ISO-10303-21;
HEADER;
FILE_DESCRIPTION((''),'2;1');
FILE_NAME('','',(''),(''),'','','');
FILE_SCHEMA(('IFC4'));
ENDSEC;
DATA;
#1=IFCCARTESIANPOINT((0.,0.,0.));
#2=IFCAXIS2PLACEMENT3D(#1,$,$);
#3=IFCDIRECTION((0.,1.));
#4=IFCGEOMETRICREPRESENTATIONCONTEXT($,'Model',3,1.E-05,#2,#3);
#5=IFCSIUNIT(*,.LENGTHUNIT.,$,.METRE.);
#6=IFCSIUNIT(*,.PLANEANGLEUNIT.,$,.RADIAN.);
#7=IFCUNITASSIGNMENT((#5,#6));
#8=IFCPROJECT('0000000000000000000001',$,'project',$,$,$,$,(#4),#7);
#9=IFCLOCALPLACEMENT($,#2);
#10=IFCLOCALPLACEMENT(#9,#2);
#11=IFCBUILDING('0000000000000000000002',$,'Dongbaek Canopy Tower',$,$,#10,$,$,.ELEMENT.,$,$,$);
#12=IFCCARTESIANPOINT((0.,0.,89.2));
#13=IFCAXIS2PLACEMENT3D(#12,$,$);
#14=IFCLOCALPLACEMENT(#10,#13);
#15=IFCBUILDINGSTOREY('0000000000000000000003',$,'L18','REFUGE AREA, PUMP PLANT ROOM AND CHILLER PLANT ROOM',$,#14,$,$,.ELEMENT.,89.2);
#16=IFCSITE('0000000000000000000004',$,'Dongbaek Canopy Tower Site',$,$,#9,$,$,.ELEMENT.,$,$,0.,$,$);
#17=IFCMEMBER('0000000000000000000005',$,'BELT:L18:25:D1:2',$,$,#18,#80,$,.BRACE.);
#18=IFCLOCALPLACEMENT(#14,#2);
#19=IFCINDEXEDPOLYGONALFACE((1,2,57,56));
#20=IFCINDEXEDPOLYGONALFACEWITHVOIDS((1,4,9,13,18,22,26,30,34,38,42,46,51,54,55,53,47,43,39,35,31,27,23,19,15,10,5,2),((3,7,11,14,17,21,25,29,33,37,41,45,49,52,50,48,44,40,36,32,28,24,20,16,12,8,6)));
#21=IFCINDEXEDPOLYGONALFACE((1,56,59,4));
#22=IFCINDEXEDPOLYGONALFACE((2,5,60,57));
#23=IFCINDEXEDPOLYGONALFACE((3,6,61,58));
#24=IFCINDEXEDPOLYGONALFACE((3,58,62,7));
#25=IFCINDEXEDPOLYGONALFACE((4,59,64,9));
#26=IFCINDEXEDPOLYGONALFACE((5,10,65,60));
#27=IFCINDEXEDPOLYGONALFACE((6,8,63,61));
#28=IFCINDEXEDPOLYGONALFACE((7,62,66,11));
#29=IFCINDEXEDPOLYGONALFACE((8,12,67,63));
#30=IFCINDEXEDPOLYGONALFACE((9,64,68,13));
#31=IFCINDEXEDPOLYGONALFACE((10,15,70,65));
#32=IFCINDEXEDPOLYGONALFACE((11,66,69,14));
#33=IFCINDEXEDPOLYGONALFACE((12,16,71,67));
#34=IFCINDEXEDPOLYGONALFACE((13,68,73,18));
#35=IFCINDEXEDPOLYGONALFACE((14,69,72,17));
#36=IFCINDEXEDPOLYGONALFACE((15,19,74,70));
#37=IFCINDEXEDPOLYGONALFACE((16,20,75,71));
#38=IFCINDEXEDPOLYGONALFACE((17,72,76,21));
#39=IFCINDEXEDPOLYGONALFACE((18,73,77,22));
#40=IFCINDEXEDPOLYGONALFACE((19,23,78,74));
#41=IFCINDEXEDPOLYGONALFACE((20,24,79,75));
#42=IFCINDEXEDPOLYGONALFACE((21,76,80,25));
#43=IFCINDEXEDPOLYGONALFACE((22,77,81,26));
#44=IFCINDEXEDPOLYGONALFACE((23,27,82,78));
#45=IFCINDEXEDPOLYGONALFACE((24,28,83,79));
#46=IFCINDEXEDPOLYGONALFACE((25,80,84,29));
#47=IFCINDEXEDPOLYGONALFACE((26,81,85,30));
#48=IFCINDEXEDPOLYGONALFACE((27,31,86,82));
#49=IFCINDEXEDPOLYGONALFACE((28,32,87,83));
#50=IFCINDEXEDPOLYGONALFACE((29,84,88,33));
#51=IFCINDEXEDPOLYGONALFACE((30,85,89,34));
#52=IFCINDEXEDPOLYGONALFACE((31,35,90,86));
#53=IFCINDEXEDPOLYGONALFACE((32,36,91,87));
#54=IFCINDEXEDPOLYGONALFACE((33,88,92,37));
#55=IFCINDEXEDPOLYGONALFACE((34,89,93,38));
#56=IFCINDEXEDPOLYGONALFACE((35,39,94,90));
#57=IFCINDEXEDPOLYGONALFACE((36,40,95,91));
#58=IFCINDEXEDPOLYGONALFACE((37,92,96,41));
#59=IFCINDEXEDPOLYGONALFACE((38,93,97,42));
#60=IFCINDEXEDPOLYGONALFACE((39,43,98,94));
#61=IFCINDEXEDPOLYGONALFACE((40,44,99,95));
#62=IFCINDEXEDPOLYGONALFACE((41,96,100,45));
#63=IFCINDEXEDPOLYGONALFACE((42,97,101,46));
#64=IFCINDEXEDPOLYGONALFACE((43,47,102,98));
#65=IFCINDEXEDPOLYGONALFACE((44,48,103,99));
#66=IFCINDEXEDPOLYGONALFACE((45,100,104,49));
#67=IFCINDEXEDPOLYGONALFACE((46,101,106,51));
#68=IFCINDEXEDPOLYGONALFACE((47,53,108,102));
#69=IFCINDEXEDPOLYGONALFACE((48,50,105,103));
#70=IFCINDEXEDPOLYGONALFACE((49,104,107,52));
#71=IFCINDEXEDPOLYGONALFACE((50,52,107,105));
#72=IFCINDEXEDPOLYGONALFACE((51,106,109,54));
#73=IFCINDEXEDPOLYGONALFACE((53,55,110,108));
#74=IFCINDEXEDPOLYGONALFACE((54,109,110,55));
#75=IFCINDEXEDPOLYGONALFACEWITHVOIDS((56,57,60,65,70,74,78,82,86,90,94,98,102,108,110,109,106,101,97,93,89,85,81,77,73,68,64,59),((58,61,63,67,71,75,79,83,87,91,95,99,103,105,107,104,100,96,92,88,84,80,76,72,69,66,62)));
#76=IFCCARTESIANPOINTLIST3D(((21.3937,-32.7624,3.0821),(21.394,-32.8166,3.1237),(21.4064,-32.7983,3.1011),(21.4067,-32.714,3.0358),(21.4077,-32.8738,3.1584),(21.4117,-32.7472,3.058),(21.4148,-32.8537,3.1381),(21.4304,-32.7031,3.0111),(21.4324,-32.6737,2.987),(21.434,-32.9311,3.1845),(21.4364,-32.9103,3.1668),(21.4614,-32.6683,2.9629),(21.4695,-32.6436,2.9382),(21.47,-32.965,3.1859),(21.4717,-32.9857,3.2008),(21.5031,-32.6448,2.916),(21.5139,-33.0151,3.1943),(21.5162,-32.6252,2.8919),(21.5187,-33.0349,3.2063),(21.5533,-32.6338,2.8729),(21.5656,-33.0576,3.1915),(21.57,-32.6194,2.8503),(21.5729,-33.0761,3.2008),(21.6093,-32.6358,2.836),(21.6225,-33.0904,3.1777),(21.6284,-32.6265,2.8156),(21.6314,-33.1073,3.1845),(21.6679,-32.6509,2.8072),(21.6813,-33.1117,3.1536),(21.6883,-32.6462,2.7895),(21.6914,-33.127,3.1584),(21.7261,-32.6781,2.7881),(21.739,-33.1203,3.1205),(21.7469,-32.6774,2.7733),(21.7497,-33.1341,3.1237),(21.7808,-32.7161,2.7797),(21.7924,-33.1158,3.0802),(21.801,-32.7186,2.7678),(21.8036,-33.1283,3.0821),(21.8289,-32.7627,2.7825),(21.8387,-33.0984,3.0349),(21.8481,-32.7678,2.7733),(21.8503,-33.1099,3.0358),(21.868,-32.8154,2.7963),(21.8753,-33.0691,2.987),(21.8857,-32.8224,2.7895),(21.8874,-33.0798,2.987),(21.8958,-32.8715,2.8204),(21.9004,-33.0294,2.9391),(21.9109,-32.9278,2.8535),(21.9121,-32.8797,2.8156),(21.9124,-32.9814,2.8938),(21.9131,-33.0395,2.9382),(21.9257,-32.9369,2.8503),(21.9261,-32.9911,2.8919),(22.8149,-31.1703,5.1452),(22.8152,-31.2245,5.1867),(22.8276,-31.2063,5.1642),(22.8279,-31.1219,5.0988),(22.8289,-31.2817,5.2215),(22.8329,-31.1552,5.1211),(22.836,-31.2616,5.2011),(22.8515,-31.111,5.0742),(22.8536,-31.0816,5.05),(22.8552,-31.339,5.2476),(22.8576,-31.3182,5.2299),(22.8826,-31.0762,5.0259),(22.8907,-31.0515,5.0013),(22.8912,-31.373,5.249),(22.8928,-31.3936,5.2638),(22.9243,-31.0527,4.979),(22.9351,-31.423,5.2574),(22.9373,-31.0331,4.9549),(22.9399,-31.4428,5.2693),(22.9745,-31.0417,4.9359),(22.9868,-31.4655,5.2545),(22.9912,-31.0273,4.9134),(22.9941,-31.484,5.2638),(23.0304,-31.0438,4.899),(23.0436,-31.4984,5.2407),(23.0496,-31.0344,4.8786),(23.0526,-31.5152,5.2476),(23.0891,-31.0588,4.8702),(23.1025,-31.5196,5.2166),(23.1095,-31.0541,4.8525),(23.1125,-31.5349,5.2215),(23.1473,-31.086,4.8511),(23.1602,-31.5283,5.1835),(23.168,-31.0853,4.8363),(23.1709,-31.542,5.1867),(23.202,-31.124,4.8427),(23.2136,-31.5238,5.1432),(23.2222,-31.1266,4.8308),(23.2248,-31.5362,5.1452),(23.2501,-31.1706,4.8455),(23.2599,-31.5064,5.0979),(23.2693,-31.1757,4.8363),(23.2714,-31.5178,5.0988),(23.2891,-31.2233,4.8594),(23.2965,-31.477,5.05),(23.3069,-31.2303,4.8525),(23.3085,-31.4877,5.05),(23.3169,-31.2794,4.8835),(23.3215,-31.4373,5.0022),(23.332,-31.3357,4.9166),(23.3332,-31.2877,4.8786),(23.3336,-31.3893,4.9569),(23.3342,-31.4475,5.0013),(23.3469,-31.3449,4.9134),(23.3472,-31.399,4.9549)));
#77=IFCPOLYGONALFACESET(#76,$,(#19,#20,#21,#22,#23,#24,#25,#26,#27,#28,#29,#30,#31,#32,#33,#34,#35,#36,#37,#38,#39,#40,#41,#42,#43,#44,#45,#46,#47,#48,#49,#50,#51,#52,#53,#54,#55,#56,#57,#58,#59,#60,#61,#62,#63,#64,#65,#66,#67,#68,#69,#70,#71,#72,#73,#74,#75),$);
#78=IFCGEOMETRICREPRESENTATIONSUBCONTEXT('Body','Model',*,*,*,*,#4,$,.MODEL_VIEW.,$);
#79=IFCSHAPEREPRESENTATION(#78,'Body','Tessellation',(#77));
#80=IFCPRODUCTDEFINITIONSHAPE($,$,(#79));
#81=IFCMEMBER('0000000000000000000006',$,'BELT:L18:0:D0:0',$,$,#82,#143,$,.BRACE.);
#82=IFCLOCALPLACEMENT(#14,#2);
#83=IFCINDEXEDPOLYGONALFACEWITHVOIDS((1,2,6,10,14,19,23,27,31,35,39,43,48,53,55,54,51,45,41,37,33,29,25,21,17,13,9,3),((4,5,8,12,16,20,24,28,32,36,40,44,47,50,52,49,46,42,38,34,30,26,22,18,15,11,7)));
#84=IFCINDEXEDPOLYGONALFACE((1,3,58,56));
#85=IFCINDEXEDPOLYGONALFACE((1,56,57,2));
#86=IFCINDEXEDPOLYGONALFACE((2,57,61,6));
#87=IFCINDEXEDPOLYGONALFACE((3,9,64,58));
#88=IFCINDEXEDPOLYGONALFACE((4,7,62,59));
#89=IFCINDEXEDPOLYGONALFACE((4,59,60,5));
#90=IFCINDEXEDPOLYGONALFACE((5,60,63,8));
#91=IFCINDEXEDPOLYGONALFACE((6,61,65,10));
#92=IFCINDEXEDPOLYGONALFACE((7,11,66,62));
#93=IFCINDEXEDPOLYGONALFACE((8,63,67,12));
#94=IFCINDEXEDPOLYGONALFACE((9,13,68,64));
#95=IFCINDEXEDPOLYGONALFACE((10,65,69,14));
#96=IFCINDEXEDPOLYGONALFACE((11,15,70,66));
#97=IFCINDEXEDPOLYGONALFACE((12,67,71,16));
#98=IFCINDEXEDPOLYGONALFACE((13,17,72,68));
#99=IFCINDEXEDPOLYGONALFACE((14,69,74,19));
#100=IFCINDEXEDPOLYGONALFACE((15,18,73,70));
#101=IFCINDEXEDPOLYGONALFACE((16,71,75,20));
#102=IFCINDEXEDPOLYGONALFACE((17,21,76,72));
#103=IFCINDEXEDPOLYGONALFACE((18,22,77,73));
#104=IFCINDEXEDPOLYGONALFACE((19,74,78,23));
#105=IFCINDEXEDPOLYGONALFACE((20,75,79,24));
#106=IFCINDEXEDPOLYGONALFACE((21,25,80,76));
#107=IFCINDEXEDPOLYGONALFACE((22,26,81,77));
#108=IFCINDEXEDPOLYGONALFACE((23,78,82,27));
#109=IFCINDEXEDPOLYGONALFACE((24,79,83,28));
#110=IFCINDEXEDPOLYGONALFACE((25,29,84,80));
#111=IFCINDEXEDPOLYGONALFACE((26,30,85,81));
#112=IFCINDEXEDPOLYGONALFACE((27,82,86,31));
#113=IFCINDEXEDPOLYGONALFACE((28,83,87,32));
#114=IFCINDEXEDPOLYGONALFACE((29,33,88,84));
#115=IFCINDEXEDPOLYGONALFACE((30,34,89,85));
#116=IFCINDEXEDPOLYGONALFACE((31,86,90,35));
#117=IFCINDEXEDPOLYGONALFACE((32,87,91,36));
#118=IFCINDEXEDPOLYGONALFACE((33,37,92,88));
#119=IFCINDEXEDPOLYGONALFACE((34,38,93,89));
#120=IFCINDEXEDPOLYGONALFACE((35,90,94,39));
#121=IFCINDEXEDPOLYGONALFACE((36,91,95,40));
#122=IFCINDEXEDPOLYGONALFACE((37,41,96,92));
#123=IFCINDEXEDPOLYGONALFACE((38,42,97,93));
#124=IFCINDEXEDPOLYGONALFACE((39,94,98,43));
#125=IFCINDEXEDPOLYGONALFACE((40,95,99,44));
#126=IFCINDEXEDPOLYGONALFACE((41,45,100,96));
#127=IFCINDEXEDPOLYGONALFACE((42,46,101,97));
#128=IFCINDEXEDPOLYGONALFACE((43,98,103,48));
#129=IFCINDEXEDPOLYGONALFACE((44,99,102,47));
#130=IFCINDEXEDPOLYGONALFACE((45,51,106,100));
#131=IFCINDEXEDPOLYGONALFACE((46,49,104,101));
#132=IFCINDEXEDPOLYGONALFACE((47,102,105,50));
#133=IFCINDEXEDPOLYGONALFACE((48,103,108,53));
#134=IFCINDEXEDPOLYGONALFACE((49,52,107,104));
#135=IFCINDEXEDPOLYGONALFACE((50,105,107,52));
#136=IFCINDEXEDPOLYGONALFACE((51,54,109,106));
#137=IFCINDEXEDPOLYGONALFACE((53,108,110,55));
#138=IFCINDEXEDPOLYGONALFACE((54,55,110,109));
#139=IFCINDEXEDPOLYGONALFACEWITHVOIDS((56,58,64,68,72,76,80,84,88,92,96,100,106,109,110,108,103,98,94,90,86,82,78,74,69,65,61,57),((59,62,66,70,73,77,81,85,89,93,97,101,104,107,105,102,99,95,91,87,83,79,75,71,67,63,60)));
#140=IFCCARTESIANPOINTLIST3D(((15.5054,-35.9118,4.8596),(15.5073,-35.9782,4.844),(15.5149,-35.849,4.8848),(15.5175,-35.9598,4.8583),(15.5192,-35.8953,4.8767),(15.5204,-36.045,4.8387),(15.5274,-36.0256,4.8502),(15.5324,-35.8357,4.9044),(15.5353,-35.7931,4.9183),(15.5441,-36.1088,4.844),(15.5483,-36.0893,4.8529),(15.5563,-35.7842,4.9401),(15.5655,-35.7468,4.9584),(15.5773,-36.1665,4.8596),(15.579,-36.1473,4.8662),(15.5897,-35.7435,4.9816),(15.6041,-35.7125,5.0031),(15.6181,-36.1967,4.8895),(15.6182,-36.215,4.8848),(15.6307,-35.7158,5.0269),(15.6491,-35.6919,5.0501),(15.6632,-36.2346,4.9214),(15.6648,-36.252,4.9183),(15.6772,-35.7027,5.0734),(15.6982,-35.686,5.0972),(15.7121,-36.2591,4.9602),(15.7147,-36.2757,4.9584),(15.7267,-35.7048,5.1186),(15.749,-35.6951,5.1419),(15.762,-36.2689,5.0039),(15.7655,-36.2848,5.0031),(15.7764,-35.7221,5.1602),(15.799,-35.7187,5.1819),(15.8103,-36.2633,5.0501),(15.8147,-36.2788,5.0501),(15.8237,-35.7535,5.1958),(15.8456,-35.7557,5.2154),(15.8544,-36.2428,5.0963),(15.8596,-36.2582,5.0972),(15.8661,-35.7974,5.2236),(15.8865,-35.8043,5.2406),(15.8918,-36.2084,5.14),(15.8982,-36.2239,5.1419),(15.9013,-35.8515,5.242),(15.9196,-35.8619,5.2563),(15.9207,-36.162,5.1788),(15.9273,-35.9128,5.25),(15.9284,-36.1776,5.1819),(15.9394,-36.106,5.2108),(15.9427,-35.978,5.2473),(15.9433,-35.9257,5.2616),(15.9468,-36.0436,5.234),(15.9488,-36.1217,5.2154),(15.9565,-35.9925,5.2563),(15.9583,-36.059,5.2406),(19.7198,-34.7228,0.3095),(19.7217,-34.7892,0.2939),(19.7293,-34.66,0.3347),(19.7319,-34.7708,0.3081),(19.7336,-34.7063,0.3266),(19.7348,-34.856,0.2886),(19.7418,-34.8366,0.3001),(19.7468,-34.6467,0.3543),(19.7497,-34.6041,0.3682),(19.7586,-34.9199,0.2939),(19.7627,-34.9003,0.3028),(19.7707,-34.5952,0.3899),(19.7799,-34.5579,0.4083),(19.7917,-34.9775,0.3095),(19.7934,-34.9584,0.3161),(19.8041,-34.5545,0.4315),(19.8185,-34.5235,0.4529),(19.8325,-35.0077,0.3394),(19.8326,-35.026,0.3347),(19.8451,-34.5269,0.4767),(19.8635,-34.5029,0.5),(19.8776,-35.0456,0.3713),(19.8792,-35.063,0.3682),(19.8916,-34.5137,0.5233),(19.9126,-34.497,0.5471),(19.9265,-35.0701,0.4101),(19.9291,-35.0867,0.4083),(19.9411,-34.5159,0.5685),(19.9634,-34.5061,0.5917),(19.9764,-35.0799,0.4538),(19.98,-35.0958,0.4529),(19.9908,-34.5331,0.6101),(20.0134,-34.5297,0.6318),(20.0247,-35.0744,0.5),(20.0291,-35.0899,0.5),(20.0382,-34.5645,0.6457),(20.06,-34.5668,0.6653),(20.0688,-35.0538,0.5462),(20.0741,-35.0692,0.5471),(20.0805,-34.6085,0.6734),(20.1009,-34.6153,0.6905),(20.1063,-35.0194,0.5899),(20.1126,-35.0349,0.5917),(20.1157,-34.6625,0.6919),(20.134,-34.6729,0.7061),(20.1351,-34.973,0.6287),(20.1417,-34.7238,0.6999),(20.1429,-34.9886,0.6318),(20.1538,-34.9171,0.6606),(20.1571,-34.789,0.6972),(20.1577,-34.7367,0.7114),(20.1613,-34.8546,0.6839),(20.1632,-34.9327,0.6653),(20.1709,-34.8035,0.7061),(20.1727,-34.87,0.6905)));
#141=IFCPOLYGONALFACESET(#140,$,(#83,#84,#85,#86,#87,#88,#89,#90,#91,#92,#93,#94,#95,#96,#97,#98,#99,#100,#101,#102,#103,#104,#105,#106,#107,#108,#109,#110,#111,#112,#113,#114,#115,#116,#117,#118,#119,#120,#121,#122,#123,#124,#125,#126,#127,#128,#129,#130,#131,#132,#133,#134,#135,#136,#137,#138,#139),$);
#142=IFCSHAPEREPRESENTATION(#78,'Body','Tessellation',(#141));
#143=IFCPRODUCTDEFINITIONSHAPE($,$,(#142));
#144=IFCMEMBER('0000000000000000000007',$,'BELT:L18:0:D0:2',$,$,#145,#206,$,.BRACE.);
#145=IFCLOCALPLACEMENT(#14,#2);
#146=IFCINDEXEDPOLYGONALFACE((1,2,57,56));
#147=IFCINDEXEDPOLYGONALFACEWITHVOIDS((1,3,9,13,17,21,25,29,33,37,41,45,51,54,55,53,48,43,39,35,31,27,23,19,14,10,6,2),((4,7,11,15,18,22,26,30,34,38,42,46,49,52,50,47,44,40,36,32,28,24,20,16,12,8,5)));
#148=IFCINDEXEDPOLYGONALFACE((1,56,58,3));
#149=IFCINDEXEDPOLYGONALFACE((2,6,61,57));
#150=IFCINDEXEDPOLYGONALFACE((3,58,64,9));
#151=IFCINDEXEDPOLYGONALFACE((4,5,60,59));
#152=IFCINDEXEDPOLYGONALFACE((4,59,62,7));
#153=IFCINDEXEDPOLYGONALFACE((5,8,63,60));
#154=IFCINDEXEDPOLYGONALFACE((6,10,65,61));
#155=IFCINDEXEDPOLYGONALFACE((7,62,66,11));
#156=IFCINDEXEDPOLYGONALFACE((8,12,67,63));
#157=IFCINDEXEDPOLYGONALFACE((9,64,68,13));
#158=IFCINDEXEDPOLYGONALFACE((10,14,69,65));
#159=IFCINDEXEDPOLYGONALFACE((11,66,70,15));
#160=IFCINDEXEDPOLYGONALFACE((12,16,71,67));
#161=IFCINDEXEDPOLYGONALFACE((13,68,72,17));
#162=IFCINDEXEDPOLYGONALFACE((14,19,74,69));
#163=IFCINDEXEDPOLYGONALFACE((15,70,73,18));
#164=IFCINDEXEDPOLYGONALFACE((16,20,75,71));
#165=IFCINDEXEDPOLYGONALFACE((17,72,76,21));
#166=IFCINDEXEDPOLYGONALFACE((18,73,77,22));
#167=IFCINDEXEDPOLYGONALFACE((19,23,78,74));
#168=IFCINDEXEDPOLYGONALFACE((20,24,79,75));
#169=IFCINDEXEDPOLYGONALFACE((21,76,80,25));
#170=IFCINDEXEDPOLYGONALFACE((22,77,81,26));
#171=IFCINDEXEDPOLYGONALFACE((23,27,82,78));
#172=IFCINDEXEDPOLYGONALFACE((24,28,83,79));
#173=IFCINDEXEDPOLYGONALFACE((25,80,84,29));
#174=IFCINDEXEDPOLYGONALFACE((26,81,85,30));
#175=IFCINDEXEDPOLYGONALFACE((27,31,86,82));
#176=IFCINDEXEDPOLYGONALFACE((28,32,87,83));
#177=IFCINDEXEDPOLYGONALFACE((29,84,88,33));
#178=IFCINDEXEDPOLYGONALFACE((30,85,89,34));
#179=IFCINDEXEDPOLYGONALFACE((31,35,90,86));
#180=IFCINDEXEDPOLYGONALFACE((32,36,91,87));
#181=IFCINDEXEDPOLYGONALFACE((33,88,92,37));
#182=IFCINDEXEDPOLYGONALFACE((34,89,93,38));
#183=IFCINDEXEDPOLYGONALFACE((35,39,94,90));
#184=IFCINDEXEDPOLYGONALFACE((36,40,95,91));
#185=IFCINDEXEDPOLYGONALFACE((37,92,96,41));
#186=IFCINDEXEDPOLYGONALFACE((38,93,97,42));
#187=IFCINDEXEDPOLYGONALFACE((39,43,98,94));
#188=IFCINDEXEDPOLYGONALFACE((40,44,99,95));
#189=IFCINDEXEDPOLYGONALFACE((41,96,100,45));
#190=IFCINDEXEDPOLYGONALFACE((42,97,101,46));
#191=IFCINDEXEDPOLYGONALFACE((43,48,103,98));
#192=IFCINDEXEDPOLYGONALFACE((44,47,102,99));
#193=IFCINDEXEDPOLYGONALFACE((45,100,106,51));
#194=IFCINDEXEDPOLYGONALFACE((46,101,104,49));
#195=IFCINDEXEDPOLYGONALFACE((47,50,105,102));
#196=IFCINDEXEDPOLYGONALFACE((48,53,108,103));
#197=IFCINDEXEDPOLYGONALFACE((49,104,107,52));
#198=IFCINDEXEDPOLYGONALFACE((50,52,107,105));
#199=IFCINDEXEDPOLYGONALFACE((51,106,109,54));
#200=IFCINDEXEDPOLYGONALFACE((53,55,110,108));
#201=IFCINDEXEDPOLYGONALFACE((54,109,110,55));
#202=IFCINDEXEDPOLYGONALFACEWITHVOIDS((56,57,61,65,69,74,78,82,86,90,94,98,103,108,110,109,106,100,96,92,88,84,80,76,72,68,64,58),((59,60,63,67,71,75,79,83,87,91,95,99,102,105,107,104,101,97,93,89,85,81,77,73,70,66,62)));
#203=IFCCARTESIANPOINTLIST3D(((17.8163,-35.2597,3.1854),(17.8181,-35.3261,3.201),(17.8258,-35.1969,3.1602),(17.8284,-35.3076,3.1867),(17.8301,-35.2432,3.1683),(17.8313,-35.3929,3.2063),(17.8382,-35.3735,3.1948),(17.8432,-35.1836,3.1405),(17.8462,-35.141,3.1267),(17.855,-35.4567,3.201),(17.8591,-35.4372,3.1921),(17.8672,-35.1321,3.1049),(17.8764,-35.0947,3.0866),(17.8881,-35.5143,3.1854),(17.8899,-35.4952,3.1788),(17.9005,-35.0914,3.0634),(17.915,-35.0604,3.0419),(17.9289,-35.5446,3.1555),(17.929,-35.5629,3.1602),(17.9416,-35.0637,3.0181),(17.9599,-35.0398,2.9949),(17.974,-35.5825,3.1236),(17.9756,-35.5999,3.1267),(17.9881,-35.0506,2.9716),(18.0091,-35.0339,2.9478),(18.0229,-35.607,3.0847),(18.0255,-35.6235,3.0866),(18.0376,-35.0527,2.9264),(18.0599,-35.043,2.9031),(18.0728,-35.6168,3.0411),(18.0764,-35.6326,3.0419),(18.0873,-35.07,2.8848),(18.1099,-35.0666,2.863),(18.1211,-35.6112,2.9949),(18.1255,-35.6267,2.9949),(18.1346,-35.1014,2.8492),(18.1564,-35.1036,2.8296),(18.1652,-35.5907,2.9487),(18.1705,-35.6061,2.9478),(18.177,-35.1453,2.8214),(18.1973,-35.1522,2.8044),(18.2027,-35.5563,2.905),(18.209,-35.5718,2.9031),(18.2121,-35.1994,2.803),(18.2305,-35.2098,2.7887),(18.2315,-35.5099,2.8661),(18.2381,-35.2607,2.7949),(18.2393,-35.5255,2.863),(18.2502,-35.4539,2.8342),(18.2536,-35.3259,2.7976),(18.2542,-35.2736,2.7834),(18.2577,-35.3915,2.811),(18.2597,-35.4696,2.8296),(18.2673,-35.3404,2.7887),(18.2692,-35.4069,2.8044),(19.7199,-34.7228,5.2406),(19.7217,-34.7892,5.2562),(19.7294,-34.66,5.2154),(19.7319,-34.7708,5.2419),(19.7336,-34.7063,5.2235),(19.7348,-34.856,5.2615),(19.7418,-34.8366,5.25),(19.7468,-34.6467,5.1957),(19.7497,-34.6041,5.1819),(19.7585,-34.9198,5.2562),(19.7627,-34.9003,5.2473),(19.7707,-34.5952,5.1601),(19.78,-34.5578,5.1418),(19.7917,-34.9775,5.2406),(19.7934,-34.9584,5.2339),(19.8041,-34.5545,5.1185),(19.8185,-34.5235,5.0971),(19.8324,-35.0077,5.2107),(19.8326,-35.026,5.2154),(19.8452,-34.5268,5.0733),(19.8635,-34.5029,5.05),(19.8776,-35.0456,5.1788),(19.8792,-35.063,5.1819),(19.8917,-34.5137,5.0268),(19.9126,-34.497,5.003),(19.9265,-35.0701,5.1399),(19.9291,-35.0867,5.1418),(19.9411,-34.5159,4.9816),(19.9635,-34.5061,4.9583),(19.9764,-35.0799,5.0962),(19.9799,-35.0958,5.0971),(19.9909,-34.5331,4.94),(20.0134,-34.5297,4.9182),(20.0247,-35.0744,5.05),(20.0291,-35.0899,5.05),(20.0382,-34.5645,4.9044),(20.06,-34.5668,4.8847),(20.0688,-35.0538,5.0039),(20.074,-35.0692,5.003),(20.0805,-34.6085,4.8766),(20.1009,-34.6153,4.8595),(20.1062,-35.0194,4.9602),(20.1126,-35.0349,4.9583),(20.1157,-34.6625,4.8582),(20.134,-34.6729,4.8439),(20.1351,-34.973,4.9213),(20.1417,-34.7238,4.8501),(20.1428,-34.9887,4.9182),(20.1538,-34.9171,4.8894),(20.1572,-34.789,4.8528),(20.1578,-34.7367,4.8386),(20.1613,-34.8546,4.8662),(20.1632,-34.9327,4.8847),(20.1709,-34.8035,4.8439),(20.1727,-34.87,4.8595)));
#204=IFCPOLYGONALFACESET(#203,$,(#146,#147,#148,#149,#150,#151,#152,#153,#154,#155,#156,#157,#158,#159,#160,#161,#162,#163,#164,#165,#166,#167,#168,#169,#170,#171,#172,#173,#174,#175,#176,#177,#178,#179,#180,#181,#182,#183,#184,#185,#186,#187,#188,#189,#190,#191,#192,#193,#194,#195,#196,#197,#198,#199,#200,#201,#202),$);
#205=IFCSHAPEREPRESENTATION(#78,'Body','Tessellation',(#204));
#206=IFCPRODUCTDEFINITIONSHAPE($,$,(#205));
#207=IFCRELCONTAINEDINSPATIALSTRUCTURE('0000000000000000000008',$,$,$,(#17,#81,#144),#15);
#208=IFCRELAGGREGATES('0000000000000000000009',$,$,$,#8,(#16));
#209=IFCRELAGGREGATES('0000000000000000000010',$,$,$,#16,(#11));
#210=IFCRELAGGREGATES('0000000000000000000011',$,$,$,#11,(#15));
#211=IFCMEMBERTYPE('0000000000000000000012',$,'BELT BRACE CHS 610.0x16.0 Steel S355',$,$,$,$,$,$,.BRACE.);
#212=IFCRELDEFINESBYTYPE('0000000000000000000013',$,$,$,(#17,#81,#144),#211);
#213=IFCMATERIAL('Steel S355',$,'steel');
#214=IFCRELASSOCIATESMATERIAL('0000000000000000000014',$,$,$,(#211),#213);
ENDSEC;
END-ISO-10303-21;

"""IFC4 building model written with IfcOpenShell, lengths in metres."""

from ifc_helpers import new_model, si_unit, direction, frame, origin, origin_2d, place, context, subcontext, project, spatial, hollow_circle, extrude, material, material_profile, profile_set, type_object, element, save


model = new_model("IFC4")

# Units and contexts
model_context = context("Model", 3, precision=1e-05, world=origin(), true_north=direction((0.0, 1.0)))
body_context = subcontext(model_context, "Body", "Model", "MODEL_VIEW")
ifc_project = project(units=[si_unit("LENGTHUNIT", "METRE"), si_unit("PLANEANGLEUNIT", "RADIAN")], contexts=[model_context])

# Site, building, storey
site_placement = place(None, origin())
site = spatial("IfcSite", under=ifc_project, at=site_placement, Name="Dongbaek Canopy Tower Site", CompositionType="ELEMENT", RefElevation=0.0)
building_placement = place(site_placement, origin())
building = spatial("IfcBuilding", under=site, at=building_placement, Name="Dongbaek Canopy Tower", CompositionType="ELEMENT")
storey_placement = place(building_placement, frame((0.0, 0.0, 89.2)))
storey = spatial("IfcBuildingStorey", under=building, at=storey_placement, Name="L18", Description="REFUGE AREA, PUMP PLANT ROOM AND CHILLER PLANT ROOM", CompositionType="ELEMENT", Elevation=89.2)

# Members
ifc_material_1 = material(Name="Steel S355", Category="steel")
ifc_material_profile_1 = material_profile(ifc_material_1, hollow_circle(Radius=0.3049, WallThickness=0.0161, at=origin_2d()), Name="BELT BRACE CHS 610.0x16.0 Steel S355")
ifc_profile_set_1 = profile_set([ifc_material_profile_1], Name="Steel S355")
member_type_1 = type_object("IfcMemberType", Name="BELT BRACE CHS 610.0x16.0 Steel S355", PredefinedType="BRACE", material=ifc_profile_set_1)
member_1_placement = place(storey_placement, frame((23.0811, -31.2847, 5.05), z_axis=(-0.478791, -0.536367, -0.695032), x_axis=(0.746013, -0.665932, 0.0)))
element("IfcMember", 1, at=member_1_placement, inside=storey, type_object=member_type_1, Name="BELT:L18:25:D1:2", PredefinedType="BRACE", context=body_context, shape_type="SweptSolid", body=[
    extrude(hollow_circle(Radius=0.3049, WallThickness=0.0161, at=origin_2d()), origin(), (0.0, 0.0, 1.0), 2.9683),
])
member_2_placement = place(storey_placement, frame((19.9463, -34.7964, 0.5), z_axis=(-0.667372, -0.188281, 0.720531), x_axis=(0.271524, -0.962432, 0.0)))
element("IfcMember", 2, at=member_2_placement, inside=storey, type_object=member_type_1, Name="BELT:L18:0:D0:0", PredefinedType="BRACE", context=body_context, shape_type="SweptSolid", body=[
    extrude(hollow_circle(Radius=0.3049, WallThickness=0.0161, at=origin_2d()), origin(), (0.0, 0.0, 1.0), 6.3149),
])
member_3_placement = place(storey_placement, frame((19.9463, -34.7964, 5.05), z_axis=(-0.667382, -0.188223, -0.720537), x_axis=(0.271443, -0.962455, 0.0)))
element("IfcMember", 3, at=member_3_placement, inside=storey, type_object=member_type_1, Name="BELT:L18:0:D0:2", PredefinedType="BRACE", context=body_context, shape_type="SweptSolid", body=[
    extrude(hollow_circle(Radius=0.3049, WallThickness=0.0161, at=origin_2d()), origin(), (0.0, 0.0, 1.0), 2.8523),
])

save(model, "model.ifc")
